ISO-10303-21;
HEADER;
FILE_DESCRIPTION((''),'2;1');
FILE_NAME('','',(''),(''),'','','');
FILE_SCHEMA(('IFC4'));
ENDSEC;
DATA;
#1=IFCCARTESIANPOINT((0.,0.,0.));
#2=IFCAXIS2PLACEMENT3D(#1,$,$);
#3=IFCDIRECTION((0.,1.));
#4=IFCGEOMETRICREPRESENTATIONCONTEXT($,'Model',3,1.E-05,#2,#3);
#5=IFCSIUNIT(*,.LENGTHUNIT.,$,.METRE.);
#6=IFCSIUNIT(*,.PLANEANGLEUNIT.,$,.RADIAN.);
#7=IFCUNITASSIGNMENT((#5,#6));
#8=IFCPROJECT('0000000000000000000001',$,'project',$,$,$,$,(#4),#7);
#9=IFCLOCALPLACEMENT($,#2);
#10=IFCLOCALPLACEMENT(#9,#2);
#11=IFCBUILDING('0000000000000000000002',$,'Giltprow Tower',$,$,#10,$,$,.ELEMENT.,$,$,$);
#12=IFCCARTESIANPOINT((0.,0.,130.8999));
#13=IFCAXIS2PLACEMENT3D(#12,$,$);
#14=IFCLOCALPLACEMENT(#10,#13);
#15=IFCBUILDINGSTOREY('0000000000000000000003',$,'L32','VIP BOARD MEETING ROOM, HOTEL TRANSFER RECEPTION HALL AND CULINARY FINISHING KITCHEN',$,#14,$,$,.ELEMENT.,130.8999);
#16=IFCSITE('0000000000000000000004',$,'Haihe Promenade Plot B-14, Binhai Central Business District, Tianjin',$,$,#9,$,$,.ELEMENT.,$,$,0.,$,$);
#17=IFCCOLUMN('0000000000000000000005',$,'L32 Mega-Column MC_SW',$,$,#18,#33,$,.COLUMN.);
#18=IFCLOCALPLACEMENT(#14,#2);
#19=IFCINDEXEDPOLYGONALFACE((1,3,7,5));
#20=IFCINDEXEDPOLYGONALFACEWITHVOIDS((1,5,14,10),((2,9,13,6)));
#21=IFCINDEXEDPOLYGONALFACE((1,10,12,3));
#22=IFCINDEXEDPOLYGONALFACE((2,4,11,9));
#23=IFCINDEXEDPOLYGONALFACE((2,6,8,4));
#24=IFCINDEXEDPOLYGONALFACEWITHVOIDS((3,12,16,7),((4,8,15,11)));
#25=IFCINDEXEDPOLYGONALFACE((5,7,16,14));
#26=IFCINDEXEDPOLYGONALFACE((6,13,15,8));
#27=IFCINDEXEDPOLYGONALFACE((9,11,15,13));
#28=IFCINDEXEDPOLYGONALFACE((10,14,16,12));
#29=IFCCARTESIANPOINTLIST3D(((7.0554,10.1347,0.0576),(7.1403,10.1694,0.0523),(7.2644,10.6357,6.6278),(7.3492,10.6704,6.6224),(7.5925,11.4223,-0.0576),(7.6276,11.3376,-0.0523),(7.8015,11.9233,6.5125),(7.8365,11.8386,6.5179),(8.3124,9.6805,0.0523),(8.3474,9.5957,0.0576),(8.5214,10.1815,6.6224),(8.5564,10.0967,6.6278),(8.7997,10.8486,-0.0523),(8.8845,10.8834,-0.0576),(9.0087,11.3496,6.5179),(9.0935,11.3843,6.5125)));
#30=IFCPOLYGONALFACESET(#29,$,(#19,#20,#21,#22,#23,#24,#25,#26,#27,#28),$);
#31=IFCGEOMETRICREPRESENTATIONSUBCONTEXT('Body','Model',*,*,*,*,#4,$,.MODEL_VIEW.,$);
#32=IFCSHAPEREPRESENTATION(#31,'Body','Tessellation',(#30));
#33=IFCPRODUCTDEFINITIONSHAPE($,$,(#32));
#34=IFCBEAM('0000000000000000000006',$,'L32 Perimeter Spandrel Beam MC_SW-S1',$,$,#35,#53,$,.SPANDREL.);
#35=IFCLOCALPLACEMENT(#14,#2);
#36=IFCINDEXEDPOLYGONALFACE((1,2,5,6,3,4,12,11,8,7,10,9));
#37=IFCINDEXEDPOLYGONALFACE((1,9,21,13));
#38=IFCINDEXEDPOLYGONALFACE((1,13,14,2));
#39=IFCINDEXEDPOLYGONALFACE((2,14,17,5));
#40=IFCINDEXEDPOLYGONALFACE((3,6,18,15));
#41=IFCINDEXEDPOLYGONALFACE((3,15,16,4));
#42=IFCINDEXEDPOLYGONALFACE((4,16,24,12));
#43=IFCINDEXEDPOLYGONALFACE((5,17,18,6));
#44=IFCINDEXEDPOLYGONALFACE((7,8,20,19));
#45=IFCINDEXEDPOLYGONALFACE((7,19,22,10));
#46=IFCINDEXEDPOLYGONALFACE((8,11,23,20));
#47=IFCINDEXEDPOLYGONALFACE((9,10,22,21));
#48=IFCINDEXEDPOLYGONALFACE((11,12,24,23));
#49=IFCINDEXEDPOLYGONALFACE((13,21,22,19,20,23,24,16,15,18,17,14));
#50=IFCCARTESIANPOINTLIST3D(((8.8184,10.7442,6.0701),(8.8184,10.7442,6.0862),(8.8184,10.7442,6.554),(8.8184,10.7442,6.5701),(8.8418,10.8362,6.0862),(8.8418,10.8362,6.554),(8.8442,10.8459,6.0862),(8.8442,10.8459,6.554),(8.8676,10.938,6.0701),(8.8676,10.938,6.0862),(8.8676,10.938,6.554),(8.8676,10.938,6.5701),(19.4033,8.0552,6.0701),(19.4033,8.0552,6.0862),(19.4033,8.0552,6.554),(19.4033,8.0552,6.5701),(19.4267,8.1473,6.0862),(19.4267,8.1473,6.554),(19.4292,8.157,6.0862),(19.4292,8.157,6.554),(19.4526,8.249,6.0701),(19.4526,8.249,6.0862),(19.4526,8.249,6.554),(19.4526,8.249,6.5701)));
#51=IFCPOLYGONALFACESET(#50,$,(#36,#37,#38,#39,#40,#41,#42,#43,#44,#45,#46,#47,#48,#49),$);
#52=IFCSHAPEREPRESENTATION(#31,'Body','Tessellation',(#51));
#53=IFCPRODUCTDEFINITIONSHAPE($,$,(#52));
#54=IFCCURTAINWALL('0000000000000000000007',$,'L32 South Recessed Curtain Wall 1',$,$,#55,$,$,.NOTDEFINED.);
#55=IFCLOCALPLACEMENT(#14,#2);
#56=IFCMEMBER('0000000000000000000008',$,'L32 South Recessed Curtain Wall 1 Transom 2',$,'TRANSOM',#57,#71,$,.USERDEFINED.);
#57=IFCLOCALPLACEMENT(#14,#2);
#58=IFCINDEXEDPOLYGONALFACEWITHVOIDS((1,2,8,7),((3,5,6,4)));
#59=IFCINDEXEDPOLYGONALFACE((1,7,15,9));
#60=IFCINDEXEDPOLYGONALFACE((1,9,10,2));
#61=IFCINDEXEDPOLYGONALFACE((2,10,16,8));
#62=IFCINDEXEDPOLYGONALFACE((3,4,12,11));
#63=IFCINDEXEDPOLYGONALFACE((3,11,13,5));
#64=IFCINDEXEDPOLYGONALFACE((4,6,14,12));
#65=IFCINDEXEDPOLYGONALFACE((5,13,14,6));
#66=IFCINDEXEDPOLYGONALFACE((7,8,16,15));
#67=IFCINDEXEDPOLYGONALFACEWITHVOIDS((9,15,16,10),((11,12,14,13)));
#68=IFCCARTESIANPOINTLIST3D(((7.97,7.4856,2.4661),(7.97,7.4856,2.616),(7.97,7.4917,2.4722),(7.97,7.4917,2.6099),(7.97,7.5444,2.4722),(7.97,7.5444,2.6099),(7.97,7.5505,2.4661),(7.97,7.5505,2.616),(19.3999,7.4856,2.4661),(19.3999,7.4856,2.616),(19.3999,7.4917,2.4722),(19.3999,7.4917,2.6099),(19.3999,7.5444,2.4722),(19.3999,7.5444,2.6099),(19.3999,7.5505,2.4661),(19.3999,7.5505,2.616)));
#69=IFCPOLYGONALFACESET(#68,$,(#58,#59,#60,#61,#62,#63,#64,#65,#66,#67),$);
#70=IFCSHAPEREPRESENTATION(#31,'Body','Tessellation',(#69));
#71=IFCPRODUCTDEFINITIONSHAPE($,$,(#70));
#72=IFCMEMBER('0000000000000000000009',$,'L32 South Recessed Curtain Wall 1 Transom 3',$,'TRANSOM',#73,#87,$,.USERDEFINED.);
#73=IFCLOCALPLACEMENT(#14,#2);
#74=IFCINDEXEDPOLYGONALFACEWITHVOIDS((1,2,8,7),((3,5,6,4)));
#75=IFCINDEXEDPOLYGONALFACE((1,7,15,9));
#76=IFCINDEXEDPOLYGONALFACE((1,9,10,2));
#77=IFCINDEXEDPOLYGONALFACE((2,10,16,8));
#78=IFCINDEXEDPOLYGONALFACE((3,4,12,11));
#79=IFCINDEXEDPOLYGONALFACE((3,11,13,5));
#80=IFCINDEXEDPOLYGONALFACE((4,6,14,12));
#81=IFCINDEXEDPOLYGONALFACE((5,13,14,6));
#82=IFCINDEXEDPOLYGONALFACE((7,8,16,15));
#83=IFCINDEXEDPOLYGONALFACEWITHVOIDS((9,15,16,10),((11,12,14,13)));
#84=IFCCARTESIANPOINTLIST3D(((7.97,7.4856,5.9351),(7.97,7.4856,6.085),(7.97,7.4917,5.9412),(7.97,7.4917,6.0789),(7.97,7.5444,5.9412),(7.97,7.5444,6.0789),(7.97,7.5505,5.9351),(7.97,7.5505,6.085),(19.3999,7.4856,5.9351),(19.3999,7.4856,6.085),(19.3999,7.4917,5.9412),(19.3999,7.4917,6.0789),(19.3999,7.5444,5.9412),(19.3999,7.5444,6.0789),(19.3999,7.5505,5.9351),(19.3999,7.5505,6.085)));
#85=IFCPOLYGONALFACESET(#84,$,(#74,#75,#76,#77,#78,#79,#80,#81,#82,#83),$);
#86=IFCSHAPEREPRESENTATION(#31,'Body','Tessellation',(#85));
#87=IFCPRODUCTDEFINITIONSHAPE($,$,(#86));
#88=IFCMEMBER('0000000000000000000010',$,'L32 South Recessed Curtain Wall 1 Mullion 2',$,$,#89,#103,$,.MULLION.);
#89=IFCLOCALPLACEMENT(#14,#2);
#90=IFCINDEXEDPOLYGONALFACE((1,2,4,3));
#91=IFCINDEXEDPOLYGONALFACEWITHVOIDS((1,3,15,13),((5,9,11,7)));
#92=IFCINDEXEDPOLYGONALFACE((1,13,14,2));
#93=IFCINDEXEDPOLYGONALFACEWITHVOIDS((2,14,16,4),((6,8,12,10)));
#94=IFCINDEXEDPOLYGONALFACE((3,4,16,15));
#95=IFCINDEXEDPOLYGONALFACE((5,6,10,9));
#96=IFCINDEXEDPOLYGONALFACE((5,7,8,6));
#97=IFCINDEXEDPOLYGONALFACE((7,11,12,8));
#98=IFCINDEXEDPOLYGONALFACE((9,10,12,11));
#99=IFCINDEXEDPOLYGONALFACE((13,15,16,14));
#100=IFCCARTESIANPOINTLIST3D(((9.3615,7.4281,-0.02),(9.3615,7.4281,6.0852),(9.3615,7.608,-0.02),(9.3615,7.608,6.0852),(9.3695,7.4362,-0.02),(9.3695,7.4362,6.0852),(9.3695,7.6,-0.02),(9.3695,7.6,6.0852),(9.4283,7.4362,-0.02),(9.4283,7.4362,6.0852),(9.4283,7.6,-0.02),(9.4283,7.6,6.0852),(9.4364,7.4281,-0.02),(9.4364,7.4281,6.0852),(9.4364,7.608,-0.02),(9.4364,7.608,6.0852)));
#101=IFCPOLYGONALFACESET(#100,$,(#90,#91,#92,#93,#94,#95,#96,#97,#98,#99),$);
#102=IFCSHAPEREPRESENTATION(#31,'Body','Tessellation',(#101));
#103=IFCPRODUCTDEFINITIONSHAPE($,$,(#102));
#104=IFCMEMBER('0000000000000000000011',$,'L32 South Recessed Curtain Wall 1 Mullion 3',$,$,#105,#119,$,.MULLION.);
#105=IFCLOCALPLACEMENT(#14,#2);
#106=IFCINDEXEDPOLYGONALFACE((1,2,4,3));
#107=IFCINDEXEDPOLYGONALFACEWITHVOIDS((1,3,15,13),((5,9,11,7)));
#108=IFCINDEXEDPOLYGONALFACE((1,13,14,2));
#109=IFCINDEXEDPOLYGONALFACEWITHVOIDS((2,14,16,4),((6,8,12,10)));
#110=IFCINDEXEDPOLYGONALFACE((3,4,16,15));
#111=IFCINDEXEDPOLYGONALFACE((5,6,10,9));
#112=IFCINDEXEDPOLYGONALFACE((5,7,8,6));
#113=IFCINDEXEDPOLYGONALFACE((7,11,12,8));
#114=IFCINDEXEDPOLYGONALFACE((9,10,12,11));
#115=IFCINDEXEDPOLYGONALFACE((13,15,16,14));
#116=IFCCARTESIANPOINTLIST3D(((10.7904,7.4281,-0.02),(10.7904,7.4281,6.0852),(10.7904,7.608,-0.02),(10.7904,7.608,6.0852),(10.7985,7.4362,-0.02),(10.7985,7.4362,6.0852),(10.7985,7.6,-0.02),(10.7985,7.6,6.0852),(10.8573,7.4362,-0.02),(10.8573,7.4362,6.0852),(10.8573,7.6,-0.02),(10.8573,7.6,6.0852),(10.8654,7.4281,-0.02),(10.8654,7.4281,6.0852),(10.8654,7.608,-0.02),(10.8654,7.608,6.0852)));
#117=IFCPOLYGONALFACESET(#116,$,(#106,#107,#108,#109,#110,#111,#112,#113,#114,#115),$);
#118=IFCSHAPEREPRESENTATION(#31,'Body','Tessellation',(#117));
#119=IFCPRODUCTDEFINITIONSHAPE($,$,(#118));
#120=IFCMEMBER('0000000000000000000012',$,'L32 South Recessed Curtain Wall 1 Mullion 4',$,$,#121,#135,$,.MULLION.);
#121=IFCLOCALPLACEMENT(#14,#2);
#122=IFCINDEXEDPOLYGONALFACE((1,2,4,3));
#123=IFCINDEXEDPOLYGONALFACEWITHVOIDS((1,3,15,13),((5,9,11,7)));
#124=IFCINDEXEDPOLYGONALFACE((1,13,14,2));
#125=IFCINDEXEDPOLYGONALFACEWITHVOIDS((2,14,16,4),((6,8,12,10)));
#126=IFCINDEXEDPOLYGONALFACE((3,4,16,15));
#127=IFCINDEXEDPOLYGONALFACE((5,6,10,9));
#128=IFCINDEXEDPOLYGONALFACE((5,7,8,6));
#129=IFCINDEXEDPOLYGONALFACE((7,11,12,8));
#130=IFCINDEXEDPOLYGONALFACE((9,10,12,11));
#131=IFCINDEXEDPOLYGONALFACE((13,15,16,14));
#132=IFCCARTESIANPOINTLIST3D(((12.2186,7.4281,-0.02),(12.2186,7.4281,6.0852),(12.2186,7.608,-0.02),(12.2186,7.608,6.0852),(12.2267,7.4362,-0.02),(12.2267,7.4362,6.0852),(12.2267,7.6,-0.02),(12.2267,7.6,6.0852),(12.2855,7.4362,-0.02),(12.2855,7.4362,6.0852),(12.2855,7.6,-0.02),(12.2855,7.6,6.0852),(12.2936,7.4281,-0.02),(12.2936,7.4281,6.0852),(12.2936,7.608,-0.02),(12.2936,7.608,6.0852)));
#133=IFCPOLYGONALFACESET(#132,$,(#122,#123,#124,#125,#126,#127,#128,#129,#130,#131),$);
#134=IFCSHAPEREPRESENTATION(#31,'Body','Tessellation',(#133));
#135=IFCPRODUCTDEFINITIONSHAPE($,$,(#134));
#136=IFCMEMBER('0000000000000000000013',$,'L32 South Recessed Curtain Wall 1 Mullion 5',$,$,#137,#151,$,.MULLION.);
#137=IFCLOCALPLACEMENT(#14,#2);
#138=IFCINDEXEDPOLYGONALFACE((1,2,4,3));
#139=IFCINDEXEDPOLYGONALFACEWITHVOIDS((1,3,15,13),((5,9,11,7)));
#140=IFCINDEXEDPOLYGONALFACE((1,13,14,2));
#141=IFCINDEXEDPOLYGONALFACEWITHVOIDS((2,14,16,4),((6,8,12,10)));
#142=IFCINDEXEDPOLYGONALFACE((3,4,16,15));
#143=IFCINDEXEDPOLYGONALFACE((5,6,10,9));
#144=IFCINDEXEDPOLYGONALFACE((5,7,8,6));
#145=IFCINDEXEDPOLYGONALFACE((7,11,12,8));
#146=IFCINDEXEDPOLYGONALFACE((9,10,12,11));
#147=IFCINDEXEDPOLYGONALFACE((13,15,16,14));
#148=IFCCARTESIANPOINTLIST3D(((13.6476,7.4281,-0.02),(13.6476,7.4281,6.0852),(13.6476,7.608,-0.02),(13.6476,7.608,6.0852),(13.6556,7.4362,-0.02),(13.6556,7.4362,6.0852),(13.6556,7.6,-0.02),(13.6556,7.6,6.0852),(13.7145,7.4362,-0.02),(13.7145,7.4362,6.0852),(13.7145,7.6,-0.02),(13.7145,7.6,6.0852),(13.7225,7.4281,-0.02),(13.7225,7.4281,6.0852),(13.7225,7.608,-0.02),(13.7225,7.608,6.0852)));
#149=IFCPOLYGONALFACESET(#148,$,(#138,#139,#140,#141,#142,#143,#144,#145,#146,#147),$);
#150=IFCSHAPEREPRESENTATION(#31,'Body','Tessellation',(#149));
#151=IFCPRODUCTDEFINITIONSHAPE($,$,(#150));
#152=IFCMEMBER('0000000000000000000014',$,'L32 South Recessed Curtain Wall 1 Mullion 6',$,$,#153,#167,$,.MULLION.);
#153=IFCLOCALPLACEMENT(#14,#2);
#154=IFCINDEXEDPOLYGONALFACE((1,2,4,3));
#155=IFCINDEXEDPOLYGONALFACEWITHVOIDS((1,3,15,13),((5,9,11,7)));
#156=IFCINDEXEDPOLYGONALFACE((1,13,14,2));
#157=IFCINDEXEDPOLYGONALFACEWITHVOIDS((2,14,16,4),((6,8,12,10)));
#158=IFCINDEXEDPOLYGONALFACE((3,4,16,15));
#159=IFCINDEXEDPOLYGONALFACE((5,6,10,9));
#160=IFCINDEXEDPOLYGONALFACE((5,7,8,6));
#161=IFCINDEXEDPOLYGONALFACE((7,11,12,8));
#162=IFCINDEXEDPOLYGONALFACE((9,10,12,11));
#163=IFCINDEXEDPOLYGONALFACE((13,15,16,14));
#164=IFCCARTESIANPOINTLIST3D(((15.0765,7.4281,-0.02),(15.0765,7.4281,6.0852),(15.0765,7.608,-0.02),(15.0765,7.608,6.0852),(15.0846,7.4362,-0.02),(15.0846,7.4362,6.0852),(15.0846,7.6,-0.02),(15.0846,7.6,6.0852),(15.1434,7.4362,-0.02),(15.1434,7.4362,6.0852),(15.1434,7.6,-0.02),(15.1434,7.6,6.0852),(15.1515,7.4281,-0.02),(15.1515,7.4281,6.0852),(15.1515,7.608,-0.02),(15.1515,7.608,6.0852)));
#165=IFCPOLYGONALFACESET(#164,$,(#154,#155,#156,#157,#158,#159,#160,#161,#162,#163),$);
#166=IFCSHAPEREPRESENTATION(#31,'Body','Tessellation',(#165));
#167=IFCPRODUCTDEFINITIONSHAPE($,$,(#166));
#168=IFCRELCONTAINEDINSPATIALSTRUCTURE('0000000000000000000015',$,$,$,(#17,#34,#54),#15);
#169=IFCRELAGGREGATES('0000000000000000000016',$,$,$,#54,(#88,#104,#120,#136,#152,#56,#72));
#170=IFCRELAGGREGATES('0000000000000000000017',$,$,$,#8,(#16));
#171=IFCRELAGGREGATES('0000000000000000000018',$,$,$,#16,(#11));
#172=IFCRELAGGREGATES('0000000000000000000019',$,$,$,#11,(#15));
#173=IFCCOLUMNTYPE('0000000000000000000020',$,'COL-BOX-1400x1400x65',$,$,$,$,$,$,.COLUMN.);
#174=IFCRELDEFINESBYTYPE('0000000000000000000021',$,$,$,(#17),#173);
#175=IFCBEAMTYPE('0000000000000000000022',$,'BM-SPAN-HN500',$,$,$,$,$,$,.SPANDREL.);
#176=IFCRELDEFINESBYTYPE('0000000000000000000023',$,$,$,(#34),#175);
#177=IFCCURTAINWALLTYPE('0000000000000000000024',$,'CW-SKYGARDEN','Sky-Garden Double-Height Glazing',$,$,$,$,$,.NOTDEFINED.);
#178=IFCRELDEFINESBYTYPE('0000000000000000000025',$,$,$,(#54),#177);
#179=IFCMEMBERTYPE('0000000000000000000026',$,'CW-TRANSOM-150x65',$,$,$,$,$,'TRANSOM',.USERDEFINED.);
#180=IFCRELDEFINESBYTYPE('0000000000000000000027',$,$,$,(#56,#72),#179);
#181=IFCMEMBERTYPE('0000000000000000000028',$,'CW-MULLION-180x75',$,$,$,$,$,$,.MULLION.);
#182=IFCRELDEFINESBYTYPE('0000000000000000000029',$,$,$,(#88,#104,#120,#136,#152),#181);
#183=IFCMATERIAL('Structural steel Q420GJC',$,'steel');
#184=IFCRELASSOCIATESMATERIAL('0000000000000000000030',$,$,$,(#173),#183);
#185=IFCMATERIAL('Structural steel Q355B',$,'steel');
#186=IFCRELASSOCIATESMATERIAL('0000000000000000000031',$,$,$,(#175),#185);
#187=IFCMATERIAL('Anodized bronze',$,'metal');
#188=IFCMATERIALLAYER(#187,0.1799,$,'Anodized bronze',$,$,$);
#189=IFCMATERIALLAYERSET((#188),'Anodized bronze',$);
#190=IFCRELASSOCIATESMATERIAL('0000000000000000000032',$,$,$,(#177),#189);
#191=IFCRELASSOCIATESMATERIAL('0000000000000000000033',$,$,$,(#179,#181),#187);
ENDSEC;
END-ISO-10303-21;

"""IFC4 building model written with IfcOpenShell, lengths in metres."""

from ifc_helpers import new_model, si_unit, direction, frame, origin, origin_2d, place, context, subcontext, project, spatial, hollow_rectangle, i_section, extrude, source, transform, mapped, material, layer, layer_set, material_profile, profile_set, type_object, element, aggregate, save


model = new_model("IFC4")

# Units and contexts
model_context = context("Model", 3, precision=1e-05, world=origin(), true_north=direction((0.0, 1.0)))
body_context = subcontext(model_context, "Body", "Model", "MODEL_VIEW")
ifc_project = project(units=[si_unit("LENGTHUNIT", "METRE"), si_unit("PLANEANGLEUNIT", "RADIAN")], contexts=[model_context])

# Site, building, storey
site_placement = place(None, origin())
site = spatial("IfcSite", under=ifc_project, at=site_placement, Name="Haihe Promenade Plot B-14, Binhai Central Business District, Tianjin", CompositionType="ELEMENT", RefElevation=0.0)
building_placement = place(site_placement, origin())
building = spatial("IfcBuilding", under=site, at=building_placement, Name="Giltprow Tower", CompositionType="ELEMENT")
storey_placement = place(building_placement, frame((0.0, 0.0, 130.8999)))
storey = spatial("IfcBuildingStorey", under=building, at=storey_placement, Name="L32", Description="VIP BOARD MEETING ROOM, HOTEL TRANSFER RECEPTION HALL AND CULINARY FINISHING KITCHEN", CompositionType="ELEMENT", Elevation=130.8999)

# Column
ifc_material_1 = material(Name="Structural steel Q420GJC", Category="steel")
ifc_material_profile_1 = material_profile(ifc_material_1, hollow_rectangle(XDim=1.3999, YDim=1.3999, WallThickness=0.0649, at=origin_2d()), Name="BOX 1400x1400x65")
ifc_profile_set_1 = profile_set([ifc_material_profile_1], Name="Structural steel Q420GJC")
column_type = type_object("IfcColumnType", Name="COL-BOX-1400x1400x65", PredefinedType="COLUMN", material=ifc_profile_set_1)
shared_shape_1 = source(origin(), body_context, "Body", "SweptSolid", [
    extrude(hollow_rectangle(XDim=1.3999, YDim=1.3999, WallThickness=0.0649, at=origin_2d()), origin(), (0.0, 0.0, 1.0), 6.5925),
])
column_placement = place(storey_placement, frame((7.97, 10.509, 0.0), z_axis=(0.031701, 0.075992, 0.996604), x_axis=(-0.922917, 0.384999, 0.0)))
element("IfcColumn", 1, at=column_placement, inside=storey, type_object=column_type, Name="L32 Mega-Column MC_SW", PredefinedType="COLUMN", context=body_context, shape_type="MappedRepresentation", body=[
    mapped(shared_shape_1, transform((0.0, 0.0, 0.0), x_axis=(1.0, 0.0, 0.0), y_axis=(0.0, 1.0, 0.0), z_axis=(0.0, 0.0, 1.0), scale=1.0)),
])

# Beam
ifc_material_2 = material(Name="Structural steel Q355B", Category="steel")
ifc_material_profile_2 = material_profile(ifc_material_2, i_section(OverallWidth=0.2, OverallDepth=0.5, WebThickness=0.01, FlangeThickness=0.0161, at=origin_2d()), Name="HN 500x200x10x16")
ifc_profile_set_2 = profile_set([ifc_material_profile_2], Name="Structural steel Q355B")
beam_type = type_object("IfcBeamType", Name="BM-SPAN-HN500", PredefinedType="SPANDREL", material=ifc_profile_set_2)
shared_shape_2 = source(origin(), body_context, "Body", "SweptSolid", [
    extrude(i_section(OverallWidth=0.2, OverallDepth=0.5, WebThickness=0.01, FlangeThickness=0.0161, at=origin_2d()), origin(), (0.0, 0.0, 1.0), 10.9211),
])
beam_placement = place(storey_placement, frame((8.843, 10.8411, 6.3201), z_axis=(0.969215, -0.246216, 0.0), x_axis=(0.246216, 0.969215, 0.0)))
element("IfcBeam", 2, at=beam_placement, inside=storey, type_object=beam_type, Name="L32 Perimeter Spandrel Beam MC_SW-S1", PredefinedType="SPANDREL", context=body_context, shape_type="MappedRepresentation", body=[
    mapped(shared_shape_2, transform((0.0, 0.0, 0.0), x_axis=(1.0, 0.0, 0.0), y_axis=(0.0, 1.0, 0.0), z_axis=(0.0, 0.0, 1.0), scale=1.0)),
])

# Curtain wall, members
ifc_material_3 = material(Name="Anodized bronze", Category="metal")
ifc_layer = layer(ifc_material_3, 0.1799, Name="Anodized bronze")
ifc_layer_set = layer_set([ifc_layer], Name="Anodized bronze")
curtain_wall_type = type_object("IfcCurtainWallType", Name="CW-SKYGARDEN", Description="Sky-Garden Double-Height Glazing", PredefinedType="NOTDEFINED", material=ifc_layer_set)
curtain_wall_placement = place(storey_placement, origin())
curtain_wall = element("IfcCurtainWall", 3, at=curtain_wall_placement, inside=storey, type_object=curtain_wall_type, Name="L32 South Recessed Curtain Wall 1", PredefinedType="NOTDEFINED")
ifc_material_profile_3 = material_profile(ifc_material_3, hollow_rectangle(XDim=0.0649, YDim=0.1499, WallThickness=0.0061, at=origin_2d()), Name="RHS 150x65x6")
ifc_profile_set_3 = profile_set([ifc_material_profile_3], Name="Anodized bronze")
member_type_1 = type_object("IfcMemberType", Name="CW-TRANSOM-150x65", ElementType="TRANSOM", PredefinedType="USERDEFINED", material=ifc_profile_set_3)
shared_shape_3 = source(origin(), body_context, "Body", "SweptSolid", [
    extrude(hollow_rectangle(XDim=0.0649, YDim=0.1499, WallThickness=0.0061, at=origin_2d()), origin(), (0.0, 0.0, 1.0), 11.4299),
])
member_1_placement = place(storey_placement, frame((7.97, 7.5181, 2.541), z_axis=(1.0, 0.0, 0.0), x_axis=(0.0, 1.0, 0.0)))
member_1 = element("IfcMember", 4, at=member_1_placement, type_object=member_type_1, Name="L32 South Recessed Curtain Wall 1 Transom 2", ObjectType="TRANSOM", PredefinedType="USERDEFINED", context=body_context, shape_type="MappedRepresentation", body=[
    mapped(shared_shape_3, transform((0.0, 0.0, 0.0), x_axis=(1.0, 0.0, 0.0), y_axis=(0.0, 1.0, 0.0), z_axis=(0.0, 0.0, 1.0), scale=1.0)),
])
member_2_placement = place(storey_placement, frame((7.97, 7.5181, 6.01), z_axis=(1.0, 0.0, 0.0), x_axis=(0.0, 1.0, 0.0)))
member_2 = element("IfcMember", 5, at=member_2_placement, type_object=member_type_1, Name="L32 South Recessed Curtain Wall 1 Transom 3", ObjectType="TRANSOM", PredefinedType="USERDEFINED", context=body_context, shape_type="MappedRepresentation", body=[
    mapped(shared_shape_3, transform((0.0, 0.0, 0.0), x_axis=(1.0, 0.0, 0.0), y_axis=(0.0, 1.0, 0.0), z_axis=(0.0, 0.0, 1.0), scale=1.0)),
])
ifc_material_profile_4 = material_profile(ifc_material_3, hollow_rectangle(XDim=0.075, YDim=0.1799, WallThickness=0.0081, at=origin_2d()), Name="RHS 180x75x8")
ifc_profile_set_4 = profile_set([ifc_material_profile_4], Name="Anodized bronze")
member_type_2 = type_object("IfcMemberType", Name="CW-MULLION-180x75", PredefinedType="MULLION", material=ifc_profile_set_4)
shared_shape_4 = source(origin(), body_context, "Body", "SweptSolid", [
    extrude(hollow_rectangle(XDim=0.075, YDim=0.1799, WallThickness=0.0081, at=origin_2d()), origin(), (0.0, 0.0, 1.0), 6.1052),
])
member_3_placement = place(storey_placement, frame((9.3989, 7.5181, -0.02), z_axis=(0.0, 0.0, 1.0), x_axis=(1.0, 0.0, 0.0)))
member_3 = element("IfcMember", 6, at=member_3_placement, type_object=member_type_2, Name="L32 South Recessed Curtain Wall 1 Mullion 2", PredefinedType="MULLION", context=body_context, shape_type="MappedRepresentation", body=[
    mapped(shared_shape_4, transform((0.0, 0.0, 0.0), x_axis=(1.0, 0.0, 0.0), y_axis=(0.0, 1.0, 0.0), z_axis=(0.0, 0.0, 1.0), scale=1.0)),
])
member_4_placement = place(storey_placement, frame((10.8279, 7.5181, -0.02), z_axis=(0.0, 0.0, 1.0), x_axis=(1.0, 0.0, 0.0)))
member_4 = element("IfcMember", 7, at=member_4_placement, type_object=member_type_2, Name="L32 South Recessed Curtain Wall 1 Mullion 3", PredefinedType="MULLION", context=body_context, shape_type="MappedRepresentation", body=[
    mapped(shared_shape_4, transform((0.0, 0.0, 0.0), x_axis=(1.0, 0.0, 0.0), y_axis=(0.0, 1.0, 0.0), z_axis=(0.0, 0.0, 1.0), scale=1.0)),
])
member_5_placement = place(storey_placement, frame((12.2561, 7.5181, -0.02), z_axis=(0.0, 0.0, 1.0), x_axis=(1.0, 0.0, 0.0)))
member_5 = element("IfcMember", 8, at=member_5_placement, type_object=member_type_2, Name="L32 South Recessed Curtain Wall 1 Mullion 4", PredefinedType="MULLION", context=body_context, shape_type="MappedRepresentation", body=[
    mapped(shared_shape_4, transform((0.0, 0.0, 0.0), x_axis=(1.0, 0.0, 0.0), y_axis=(0.0, 1.0, 0.0), z_axis=(0.0, 0.0, 1.0), scale=1.0)),
])
member_6_placement = place(storey_placement, frame((13.6851, 7.5181, -0.02), z_axis=(0.0, 0.0, 1.0), x_axis=(1.0, 0.0, 0.0)))
member_6 = element("IfcMember", 9, at=member_6_placement, type_object=member_type_2, Name="L32 South Recessed Curtain Wall 1 Mullion 5", PredefinedType="MULLION", context=body_context, shape_type="MappedRepresentation", body=[
    mapped(shared_shape_4, transform((0.0, 0.0, 0.0), x_axis=(1.0, 0.0, 0.0), y_axis=(0.0, 1.0, 0.0), z_axis=(0.0, 0.0, 1.0), scale=1.0)),
])
member_7_placement = place(storey_placement, frame((15.114, 7.5181, -0.02), z_axis=(0.0, 0.0, 1.0), x_axis=(1.0, 0.0, 0.0)))
member_7 = element("IfcMember", 10, at=member_7_placement, type_object=member_type_2, Name="L32 South Recessed Curtain Wall 1 Mullion 6", PredefinedType="MULLION", context=body_context, shape_type="MappedRepresentation", body=[
    mapped(shared_shape_4, transform((0.0, 0.0, 0.0), x_axis=(1.0, 0.0, 0.0), y_axis=(0.0, 1.0, 0.0), z_axis=(0.0, 0.0, 1.0), scale=1.0)),
])

aggregate(curtain_wall, [member_3, member_4, member_5, member_6, member_7, member_1, member_2])

save(model, "model.ifc")
